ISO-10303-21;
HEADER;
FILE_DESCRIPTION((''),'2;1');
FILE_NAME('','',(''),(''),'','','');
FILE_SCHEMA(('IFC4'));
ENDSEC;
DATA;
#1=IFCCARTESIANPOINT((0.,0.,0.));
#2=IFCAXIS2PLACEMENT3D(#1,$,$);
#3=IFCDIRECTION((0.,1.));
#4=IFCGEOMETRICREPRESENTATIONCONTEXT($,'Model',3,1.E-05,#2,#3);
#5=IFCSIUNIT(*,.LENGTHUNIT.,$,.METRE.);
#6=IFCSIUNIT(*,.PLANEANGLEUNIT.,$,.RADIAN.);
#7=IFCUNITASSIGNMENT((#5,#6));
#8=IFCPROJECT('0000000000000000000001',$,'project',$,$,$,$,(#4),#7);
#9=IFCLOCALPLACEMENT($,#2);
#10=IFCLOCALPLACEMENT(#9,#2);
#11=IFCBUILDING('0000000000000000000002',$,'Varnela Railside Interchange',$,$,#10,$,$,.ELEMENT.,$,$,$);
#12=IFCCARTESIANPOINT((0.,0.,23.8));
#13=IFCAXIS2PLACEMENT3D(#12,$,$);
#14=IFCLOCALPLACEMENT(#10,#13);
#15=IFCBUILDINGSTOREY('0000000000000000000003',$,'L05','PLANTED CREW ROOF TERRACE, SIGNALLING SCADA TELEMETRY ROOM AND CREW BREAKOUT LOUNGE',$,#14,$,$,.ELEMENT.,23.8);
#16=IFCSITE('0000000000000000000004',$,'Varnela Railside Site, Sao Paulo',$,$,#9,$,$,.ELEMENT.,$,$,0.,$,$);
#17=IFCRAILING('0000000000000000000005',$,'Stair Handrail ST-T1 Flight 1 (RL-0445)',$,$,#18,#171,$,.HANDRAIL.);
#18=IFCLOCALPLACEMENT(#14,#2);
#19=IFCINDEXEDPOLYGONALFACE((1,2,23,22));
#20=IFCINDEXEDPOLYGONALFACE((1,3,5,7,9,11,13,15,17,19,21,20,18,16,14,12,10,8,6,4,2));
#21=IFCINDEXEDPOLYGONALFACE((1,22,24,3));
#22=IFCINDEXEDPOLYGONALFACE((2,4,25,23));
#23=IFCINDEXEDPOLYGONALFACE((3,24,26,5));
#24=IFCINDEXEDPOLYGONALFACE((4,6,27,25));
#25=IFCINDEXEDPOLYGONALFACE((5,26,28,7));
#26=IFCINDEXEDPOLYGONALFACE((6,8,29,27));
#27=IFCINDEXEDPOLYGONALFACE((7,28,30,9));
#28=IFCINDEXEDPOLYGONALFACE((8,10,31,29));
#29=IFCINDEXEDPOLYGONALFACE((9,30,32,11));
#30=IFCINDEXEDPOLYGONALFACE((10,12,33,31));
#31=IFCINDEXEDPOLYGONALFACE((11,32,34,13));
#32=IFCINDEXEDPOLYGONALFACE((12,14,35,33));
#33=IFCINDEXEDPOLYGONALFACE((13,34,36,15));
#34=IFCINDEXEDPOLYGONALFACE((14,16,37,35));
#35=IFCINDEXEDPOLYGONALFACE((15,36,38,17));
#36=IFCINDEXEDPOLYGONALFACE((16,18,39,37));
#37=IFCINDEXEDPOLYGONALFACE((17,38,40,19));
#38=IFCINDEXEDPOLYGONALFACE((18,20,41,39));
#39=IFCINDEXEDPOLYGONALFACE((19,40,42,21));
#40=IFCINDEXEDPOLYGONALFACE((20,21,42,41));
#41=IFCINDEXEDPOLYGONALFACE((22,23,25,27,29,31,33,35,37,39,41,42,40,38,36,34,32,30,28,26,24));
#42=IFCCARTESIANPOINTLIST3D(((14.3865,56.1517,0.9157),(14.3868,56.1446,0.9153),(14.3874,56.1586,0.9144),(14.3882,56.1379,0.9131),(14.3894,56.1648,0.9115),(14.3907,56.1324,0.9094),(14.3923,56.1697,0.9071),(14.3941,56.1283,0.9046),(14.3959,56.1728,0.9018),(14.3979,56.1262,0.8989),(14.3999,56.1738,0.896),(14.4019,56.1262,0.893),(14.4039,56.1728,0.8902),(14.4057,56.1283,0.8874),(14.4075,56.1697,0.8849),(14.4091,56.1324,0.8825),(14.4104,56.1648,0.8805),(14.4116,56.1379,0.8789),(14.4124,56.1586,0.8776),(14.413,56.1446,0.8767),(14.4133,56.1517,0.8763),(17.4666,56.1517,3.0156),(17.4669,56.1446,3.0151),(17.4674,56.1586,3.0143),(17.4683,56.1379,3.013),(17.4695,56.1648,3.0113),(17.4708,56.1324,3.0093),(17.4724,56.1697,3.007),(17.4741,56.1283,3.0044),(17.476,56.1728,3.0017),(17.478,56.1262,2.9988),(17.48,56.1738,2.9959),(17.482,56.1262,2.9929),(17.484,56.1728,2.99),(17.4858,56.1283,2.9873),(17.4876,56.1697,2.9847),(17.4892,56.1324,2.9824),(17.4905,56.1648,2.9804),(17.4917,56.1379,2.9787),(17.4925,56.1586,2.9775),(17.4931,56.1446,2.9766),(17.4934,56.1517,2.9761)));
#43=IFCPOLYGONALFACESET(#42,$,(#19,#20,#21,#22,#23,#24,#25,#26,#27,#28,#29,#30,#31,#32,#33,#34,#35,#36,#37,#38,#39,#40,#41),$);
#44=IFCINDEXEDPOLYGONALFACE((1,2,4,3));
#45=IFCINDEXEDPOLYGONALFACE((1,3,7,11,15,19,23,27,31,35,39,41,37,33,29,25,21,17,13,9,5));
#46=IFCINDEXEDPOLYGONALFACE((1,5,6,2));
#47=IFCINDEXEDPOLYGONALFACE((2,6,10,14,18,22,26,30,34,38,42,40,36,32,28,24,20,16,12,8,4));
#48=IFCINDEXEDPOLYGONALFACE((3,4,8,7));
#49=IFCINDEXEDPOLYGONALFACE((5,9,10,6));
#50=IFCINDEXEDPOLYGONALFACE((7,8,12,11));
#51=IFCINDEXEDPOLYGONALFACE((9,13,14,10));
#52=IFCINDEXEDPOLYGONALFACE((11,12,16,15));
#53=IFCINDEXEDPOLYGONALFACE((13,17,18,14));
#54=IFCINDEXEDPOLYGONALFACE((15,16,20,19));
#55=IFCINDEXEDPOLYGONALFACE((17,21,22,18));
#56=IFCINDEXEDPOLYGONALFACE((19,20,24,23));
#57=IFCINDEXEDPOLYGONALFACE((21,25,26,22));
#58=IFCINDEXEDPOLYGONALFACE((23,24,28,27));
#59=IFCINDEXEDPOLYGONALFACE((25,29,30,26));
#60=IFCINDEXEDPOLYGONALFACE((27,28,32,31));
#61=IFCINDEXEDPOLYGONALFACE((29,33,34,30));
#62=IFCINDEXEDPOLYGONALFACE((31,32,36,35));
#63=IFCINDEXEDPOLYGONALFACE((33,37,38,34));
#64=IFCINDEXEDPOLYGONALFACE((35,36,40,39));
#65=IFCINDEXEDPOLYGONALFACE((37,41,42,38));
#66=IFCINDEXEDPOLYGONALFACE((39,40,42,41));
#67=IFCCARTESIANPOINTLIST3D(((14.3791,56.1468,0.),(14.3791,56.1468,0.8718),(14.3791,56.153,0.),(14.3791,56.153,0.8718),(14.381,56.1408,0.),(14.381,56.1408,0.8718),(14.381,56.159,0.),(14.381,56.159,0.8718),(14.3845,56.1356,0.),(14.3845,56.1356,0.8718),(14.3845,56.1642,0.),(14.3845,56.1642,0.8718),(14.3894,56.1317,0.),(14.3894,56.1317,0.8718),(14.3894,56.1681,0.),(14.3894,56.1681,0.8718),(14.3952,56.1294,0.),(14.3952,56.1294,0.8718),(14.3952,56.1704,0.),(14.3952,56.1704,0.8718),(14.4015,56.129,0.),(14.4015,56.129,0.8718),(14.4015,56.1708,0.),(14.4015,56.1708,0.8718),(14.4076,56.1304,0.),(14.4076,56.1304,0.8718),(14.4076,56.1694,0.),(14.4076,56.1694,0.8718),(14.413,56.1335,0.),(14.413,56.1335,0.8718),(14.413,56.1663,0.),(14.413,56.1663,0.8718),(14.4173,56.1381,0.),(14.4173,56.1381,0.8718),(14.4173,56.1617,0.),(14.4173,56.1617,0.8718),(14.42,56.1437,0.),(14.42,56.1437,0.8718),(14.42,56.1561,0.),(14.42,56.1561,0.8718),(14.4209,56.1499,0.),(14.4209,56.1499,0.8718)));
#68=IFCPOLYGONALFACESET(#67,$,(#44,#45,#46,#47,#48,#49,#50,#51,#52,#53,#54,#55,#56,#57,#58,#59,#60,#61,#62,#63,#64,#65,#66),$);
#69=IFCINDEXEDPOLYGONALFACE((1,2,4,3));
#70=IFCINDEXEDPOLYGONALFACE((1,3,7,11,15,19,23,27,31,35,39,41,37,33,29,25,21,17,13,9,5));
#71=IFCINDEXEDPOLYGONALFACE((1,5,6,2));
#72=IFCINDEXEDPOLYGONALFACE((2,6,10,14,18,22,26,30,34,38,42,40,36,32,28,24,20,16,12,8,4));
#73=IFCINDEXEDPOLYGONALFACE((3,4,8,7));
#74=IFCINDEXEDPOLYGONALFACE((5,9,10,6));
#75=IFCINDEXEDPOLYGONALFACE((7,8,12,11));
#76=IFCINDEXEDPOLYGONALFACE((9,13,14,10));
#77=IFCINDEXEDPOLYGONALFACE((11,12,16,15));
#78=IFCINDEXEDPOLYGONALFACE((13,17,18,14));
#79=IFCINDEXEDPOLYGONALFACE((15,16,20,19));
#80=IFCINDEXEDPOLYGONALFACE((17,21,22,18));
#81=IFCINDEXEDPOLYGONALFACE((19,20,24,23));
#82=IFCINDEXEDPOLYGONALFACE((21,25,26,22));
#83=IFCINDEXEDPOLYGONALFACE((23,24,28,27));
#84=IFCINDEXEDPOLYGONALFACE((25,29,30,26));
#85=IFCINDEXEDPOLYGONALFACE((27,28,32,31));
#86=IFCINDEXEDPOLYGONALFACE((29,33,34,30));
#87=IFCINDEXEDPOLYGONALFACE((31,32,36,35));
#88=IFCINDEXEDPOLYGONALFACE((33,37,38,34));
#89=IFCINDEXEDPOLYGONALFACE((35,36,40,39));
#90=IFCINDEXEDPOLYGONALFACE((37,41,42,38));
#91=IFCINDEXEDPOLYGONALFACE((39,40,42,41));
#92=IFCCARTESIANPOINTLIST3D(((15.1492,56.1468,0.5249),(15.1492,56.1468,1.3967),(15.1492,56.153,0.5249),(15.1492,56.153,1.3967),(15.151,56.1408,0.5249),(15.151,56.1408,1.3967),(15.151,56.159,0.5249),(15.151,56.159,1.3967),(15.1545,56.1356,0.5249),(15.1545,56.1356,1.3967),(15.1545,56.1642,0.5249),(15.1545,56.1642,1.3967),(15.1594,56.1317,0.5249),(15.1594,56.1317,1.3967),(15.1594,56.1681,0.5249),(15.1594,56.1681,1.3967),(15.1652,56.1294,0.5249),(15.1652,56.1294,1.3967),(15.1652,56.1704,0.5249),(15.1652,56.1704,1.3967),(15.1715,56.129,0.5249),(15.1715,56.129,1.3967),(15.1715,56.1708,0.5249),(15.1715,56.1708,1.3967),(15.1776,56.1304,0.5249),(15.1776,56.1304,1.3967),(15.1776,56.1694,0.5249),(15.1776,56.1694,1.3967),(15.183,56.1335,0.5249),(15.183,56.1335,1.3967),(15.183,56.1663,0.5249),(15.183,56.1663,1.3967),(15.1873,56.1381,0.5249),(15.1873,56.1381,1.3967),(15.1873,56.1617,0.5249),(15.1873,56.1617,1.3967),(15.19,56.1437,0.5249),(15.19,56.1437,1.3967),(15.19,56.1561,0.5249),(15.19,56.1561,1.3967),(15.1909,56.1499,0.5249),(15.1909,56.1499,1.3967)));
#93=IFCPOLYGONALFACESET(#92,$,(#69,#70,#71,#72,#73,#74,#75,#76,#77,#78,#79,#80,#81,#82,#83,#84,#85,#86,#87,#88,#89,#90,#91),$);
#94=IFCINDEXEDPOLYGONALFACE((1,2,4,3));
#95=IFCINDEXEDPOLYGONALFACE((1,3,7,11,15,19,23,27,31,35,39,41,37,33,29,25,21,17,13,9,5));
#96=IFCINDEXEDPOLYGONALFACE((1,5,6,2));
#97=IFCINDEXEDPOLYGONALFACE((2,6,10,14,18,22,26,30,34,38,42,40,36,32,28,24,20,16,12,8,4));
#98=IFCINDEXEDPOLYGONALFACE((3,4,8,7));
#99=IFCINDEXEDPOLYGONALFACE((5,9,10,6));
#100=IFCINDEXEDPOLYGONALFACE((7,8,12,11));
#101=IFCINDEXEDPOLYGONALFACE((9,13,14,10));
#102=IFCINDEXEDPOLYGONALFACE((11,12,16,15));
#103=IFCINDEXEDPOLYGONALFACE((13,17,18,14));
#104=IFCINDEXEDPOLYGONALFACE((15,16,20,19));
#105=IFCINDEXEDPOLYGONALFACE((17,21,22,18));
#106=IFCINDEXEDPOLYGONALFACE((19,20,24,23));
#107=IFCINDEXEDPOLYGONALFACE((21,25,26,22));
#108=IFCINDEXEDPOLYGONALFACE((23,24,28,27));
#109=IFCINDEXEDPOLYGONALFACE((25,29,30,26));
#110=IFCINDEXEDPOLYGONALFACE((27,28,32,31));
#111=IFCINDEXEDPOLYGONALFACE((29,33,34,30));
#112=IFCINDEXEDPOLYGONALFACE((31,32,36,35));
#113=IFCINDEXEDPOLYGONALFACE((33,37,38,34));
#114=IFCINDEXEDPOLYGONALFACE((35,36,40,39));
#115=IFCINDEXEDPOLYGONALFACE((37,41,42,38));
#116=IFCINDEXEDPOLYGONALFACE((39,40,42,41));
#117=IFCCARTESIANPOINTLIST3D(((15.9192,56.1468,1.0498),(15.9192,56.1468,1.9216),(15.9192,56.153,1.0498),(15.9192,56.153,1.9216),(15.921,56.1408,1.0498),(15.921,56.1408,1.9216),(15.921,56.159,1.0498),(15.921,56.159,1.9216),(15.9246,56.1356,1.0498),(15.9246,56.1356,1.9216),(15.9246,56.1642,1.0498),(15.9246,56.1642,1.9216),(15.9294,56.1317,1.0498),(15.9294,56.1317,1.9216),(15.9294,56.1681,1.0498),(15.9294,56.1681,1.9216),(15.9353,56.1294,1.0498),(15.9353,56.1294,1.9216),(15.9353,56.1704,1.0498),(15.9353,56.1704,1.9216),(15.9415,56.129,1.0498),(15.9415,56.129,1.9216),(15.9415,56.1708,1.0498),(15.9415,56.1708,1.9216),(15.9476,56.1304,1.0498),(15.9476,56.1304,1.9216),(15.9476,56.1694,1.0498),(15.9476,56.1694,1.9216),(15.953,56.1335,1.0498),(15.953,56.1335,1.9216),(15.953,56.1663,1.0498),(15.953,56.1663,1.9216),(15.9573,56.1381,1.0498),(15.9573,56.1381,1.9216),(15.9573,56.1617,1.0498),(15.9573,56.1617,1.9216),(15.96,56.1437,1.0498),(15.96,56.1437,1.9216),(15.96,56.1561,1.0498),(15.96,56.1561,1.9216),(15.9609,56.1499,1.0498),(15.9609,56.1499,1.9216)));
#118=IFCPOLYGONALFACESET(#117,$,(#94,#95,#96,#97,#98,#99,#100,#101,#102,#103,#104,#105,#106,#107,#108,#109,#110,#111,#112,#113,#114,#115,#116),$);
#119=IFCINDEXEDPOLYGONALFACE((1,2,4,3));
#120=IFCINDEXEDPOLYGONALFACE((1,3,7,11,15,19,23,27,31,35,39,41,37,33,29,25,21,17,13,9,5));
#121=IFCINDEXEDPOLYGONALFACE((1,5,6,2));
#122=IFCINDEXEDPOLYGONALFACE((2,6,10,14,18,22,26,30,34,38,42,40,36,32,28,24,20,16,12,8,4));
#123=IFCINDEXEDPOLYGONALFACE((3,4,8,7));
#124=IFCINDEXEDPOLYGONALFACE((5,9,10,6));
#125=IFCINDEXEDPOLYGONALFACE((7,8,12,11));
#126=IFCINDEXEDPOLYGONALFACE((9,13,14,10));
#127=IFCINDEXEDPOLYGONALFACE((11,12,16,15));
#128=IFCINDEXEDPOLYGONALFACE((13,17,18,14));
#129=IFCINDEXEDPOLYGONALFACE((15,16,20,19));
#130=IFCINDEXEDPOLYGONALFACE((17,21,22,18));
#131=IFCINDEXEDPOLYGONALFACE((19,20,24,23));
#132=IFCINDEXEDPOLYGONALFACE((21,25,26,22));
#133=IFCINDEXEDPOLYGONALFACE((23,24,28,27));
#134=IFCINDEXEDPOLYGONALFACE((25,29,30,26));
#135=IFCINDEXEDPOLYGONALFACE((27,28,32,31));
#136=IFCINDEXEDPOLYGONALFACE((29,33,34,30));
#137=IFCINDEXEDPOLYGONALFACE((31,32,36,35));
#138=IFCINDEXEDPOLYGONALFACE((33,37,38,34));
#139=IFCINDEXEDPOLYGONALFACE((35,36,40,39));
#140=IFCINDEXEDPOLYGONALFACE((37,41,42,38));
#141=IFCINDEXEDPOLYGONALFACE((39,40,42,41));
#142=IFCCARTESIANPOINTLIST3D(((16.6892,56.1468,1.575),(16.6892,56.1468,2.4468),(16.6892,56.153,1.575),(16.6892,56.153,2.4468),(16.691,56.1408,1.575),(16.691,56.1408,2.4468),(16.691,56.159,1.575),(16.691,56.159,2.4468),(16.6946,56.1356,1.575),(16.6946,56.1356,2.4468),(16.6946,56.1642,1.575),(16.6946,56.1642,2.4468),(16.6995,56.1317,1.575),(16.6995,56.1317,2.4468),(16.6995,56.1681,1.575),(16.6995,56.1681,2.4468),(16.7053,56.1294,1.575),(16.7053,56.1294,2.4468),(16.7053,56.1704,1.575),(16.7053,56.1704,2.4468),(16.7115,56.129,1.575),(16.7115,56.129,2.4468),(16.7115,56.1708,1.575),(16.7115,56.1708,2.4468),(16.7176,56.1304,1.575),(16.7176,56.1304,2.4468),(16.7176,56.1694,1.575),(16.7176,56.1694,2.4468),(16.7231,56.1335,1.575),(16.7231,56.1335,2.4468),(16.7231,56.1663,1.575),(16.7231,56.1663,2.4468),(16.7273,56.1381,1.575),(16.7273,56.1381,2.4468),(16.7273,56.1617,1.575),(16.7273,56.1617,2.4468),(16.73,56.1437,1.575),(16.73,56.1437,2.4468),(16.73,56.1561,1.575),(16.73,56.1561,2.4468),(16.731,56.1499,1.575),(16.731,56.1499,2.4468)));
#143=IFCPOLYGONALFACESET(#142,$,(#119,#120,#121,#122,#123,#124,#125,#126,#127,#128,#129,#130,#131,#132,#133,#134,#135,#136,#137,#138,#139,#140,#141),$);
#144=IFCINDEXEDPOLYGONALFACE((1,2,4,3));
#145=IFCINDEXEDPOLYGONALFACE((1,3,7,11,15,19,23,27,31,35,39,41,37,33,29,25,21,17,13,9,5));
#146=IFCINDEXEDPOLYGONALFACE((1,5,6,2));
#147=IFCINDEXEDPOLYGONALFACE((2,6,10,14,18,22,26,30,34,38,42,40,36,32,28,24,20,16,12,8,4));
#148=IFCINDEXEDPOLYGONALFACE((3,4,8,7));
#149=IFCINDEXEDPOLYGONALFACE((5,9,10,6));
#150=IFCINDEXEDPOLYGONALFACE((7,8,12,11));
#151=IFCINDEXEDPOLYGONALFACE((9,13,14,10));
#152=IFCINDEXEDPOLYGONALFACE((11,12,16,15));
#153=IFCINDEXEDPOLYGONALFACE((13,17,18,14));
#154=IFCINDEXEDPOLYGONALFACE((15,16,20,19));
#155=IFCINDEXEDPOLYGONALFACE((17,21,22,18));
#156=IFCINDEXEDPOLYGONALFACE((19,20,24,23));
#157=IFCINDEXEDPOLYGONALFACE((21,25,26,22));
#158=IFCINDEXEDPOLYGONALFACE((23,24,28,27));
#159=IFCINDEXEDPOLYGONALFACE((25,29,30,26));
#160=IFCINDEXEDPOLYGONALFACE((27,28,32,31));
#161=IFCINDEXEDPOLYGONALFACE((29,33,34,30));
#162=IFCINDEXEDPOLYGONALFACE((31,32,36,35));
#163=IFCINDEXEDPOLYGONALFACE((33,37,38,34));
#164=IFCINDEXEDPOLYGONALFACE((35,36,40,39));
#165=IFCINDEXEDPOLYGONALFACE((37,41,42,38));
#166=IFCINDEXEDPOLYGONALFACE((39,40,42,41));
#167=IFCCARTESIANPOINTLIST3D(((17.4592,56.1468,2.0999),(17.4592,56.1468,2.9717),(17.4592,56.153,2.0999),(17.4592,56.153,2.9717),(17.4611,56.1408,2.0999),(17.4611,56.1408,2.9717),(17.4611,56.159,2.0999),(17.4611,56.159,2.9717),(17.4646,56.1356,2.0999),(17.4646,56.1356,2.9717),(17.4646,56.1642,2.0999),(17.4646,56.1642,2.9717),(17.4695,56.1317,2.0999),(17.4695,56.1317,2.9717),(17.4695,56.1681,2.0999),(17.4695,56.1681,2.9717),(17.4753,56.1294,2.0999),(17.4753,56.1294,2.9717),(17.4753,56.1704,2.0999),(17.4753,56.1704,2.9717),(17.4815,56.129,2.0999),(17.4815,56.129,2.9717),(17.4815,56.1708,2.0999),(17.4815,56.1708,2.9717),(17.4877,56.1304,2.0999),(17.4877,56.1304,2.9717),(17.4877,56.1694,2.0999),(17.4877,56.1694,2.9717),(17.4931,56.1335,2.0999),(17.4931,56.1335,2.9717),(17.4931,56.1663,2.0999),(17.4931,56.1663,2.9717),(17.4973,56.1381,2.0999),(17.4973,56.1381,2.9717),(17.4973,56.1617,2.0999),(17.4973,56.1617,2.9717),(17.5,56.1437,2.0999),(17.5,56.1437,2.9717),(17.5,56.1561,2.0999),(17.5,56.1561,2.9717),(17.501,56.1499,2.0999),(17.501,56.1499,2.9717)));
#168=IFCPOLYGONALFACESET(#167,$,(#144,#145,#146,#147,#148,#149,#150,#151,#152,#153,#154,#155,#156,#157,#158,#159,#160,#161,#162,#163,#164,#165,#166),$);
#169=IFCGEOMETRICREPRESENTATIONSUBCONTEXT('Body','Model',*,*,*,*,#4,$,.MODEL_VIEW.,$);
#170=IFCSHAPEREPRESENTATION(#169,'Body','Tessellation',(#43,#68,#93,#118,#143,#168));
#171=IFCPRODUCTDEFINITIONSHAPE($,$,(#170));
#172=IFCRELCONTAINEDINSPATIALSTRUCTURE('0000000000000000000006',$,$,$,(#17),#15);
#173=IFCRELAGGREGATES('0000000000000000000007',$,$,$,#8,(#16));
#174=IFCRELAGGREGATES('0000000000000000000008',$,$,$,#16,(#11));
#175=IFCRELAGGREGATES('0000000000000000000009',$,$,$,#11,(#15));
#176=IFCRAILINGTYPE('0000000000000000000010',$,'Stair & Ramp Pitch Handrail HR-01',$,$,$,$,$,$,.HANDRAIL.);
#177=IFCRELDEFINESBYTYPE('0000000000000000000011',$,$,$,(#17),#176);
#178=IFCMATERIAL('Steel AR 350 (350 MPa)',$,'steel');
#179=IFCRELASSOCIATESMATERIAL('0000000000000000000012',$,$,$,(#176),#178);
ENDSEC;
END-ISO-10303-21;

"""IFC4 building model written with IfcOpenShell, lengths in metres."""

from ifc_helpers import new_model, si_unit, direction, frame, origin, origin_2d, place, context, subcontext, project, spatial, circle, extrude, material, type_object, element, save


model = new_model("IFC4")

# Units and contexts
model_context = context("Model", 3, precision=1e-05, world=origin(), true_north=direction((0.0, 1.0)))
body_context = subcontext(model_context, "Body", "Model", "MODEL_VIEW")
ifc_project = project(units=[si_unit("LENGTHUNIT", "METRE"), si_unit("PLANEANGLEUNIT", "RADIAN")], contexts=[model_context])

# Site, building, storey
site_placement = place(None, origin())
site = spatial("IfcSite", under=ifc_project, at=site_placement, Name="Varnela Railside Site, Sao Paulo", CompositionType="ELEMENT", RefElevation=0.0)
building_placement = place(site_placement, origin())
building = spatial("IfcBuilding", under=site, at=building_placement, Name="Varnela Railside Interchange", CompositionType="ELEMENT")
storey_placement = place(building_placement, frame((0.0, 0.0, 23.8)))
storey = spatial("IfcBuildingStorey", under=building, at=storey_placement, Name="L05", Description="PLANTED CREW ROOF TERRACE, SIGNALLING SCADA TELEMETRY ROOM AND CREW BREAKOUT LOUNGE", CompositionType="ELEMENT", Elevation=23.8)

# Shared definitions
ifc_material_1 = material(Name="Steel AR 350 (350 MPa)", Category="steel")

# Railing
railing_type_1 = type_object("IfcRailingType", Name="Stair & Ramp Pitch Handrail HR-01", PredefinedType="HANDRAIL", material=ifc_material_1)
railing_1_placement = place(storey_placement, frame((14.3999, 56.1499, 0.0)))
element("IfcRailing", 1, at=railing_1_placement, inside=storey, type_object=railing_type_1, Name="Stair Handrail ST-T1 Flight 1 (RL-0445)", PredefinedType="HANDRAIL", context=body_context, shape_type="SweptSolid", body=[
    extrude(circle(Radius=0.0239, at=origin_2d()), frame((0.0, 0.0, 0.896), z_axis=(0.826252, 0.0, 0.5633), x_axis=(0.0, 1.0, 0.0)), (0.0, 0.0, 1.0), 3.7278),
    extrude(circle(Radius=0.021, at=origin_2d()), origin(), (0.0, 0.0, 1.0), 0.8718),
    extrude(circle(Radius=0.021, at=origin_2d()), frame((0.77, 0.0, 0.5249)), (0.0, 0.0, 1.0), 0.8718),
    extrude(circle(Radius=0.021, at=origin_2d()), frame((1.54, 0.0, 1.0498)), (0.0, 0.0, 1.0), 0.8718),
    extrude(circle(Radius=0.021, at=origin_2d()), frame((2.3101, 0.0, 1.575)), (0.0, 0.0, 1.0), 0.8718),
    extrude(circle(Radius=0.021, at=origin_2d()), frame((3.0801, 0.0, 2.0999)), (0.0, 0.0, 1.0), 0.8718),
])

save(model, "model.ifc")
